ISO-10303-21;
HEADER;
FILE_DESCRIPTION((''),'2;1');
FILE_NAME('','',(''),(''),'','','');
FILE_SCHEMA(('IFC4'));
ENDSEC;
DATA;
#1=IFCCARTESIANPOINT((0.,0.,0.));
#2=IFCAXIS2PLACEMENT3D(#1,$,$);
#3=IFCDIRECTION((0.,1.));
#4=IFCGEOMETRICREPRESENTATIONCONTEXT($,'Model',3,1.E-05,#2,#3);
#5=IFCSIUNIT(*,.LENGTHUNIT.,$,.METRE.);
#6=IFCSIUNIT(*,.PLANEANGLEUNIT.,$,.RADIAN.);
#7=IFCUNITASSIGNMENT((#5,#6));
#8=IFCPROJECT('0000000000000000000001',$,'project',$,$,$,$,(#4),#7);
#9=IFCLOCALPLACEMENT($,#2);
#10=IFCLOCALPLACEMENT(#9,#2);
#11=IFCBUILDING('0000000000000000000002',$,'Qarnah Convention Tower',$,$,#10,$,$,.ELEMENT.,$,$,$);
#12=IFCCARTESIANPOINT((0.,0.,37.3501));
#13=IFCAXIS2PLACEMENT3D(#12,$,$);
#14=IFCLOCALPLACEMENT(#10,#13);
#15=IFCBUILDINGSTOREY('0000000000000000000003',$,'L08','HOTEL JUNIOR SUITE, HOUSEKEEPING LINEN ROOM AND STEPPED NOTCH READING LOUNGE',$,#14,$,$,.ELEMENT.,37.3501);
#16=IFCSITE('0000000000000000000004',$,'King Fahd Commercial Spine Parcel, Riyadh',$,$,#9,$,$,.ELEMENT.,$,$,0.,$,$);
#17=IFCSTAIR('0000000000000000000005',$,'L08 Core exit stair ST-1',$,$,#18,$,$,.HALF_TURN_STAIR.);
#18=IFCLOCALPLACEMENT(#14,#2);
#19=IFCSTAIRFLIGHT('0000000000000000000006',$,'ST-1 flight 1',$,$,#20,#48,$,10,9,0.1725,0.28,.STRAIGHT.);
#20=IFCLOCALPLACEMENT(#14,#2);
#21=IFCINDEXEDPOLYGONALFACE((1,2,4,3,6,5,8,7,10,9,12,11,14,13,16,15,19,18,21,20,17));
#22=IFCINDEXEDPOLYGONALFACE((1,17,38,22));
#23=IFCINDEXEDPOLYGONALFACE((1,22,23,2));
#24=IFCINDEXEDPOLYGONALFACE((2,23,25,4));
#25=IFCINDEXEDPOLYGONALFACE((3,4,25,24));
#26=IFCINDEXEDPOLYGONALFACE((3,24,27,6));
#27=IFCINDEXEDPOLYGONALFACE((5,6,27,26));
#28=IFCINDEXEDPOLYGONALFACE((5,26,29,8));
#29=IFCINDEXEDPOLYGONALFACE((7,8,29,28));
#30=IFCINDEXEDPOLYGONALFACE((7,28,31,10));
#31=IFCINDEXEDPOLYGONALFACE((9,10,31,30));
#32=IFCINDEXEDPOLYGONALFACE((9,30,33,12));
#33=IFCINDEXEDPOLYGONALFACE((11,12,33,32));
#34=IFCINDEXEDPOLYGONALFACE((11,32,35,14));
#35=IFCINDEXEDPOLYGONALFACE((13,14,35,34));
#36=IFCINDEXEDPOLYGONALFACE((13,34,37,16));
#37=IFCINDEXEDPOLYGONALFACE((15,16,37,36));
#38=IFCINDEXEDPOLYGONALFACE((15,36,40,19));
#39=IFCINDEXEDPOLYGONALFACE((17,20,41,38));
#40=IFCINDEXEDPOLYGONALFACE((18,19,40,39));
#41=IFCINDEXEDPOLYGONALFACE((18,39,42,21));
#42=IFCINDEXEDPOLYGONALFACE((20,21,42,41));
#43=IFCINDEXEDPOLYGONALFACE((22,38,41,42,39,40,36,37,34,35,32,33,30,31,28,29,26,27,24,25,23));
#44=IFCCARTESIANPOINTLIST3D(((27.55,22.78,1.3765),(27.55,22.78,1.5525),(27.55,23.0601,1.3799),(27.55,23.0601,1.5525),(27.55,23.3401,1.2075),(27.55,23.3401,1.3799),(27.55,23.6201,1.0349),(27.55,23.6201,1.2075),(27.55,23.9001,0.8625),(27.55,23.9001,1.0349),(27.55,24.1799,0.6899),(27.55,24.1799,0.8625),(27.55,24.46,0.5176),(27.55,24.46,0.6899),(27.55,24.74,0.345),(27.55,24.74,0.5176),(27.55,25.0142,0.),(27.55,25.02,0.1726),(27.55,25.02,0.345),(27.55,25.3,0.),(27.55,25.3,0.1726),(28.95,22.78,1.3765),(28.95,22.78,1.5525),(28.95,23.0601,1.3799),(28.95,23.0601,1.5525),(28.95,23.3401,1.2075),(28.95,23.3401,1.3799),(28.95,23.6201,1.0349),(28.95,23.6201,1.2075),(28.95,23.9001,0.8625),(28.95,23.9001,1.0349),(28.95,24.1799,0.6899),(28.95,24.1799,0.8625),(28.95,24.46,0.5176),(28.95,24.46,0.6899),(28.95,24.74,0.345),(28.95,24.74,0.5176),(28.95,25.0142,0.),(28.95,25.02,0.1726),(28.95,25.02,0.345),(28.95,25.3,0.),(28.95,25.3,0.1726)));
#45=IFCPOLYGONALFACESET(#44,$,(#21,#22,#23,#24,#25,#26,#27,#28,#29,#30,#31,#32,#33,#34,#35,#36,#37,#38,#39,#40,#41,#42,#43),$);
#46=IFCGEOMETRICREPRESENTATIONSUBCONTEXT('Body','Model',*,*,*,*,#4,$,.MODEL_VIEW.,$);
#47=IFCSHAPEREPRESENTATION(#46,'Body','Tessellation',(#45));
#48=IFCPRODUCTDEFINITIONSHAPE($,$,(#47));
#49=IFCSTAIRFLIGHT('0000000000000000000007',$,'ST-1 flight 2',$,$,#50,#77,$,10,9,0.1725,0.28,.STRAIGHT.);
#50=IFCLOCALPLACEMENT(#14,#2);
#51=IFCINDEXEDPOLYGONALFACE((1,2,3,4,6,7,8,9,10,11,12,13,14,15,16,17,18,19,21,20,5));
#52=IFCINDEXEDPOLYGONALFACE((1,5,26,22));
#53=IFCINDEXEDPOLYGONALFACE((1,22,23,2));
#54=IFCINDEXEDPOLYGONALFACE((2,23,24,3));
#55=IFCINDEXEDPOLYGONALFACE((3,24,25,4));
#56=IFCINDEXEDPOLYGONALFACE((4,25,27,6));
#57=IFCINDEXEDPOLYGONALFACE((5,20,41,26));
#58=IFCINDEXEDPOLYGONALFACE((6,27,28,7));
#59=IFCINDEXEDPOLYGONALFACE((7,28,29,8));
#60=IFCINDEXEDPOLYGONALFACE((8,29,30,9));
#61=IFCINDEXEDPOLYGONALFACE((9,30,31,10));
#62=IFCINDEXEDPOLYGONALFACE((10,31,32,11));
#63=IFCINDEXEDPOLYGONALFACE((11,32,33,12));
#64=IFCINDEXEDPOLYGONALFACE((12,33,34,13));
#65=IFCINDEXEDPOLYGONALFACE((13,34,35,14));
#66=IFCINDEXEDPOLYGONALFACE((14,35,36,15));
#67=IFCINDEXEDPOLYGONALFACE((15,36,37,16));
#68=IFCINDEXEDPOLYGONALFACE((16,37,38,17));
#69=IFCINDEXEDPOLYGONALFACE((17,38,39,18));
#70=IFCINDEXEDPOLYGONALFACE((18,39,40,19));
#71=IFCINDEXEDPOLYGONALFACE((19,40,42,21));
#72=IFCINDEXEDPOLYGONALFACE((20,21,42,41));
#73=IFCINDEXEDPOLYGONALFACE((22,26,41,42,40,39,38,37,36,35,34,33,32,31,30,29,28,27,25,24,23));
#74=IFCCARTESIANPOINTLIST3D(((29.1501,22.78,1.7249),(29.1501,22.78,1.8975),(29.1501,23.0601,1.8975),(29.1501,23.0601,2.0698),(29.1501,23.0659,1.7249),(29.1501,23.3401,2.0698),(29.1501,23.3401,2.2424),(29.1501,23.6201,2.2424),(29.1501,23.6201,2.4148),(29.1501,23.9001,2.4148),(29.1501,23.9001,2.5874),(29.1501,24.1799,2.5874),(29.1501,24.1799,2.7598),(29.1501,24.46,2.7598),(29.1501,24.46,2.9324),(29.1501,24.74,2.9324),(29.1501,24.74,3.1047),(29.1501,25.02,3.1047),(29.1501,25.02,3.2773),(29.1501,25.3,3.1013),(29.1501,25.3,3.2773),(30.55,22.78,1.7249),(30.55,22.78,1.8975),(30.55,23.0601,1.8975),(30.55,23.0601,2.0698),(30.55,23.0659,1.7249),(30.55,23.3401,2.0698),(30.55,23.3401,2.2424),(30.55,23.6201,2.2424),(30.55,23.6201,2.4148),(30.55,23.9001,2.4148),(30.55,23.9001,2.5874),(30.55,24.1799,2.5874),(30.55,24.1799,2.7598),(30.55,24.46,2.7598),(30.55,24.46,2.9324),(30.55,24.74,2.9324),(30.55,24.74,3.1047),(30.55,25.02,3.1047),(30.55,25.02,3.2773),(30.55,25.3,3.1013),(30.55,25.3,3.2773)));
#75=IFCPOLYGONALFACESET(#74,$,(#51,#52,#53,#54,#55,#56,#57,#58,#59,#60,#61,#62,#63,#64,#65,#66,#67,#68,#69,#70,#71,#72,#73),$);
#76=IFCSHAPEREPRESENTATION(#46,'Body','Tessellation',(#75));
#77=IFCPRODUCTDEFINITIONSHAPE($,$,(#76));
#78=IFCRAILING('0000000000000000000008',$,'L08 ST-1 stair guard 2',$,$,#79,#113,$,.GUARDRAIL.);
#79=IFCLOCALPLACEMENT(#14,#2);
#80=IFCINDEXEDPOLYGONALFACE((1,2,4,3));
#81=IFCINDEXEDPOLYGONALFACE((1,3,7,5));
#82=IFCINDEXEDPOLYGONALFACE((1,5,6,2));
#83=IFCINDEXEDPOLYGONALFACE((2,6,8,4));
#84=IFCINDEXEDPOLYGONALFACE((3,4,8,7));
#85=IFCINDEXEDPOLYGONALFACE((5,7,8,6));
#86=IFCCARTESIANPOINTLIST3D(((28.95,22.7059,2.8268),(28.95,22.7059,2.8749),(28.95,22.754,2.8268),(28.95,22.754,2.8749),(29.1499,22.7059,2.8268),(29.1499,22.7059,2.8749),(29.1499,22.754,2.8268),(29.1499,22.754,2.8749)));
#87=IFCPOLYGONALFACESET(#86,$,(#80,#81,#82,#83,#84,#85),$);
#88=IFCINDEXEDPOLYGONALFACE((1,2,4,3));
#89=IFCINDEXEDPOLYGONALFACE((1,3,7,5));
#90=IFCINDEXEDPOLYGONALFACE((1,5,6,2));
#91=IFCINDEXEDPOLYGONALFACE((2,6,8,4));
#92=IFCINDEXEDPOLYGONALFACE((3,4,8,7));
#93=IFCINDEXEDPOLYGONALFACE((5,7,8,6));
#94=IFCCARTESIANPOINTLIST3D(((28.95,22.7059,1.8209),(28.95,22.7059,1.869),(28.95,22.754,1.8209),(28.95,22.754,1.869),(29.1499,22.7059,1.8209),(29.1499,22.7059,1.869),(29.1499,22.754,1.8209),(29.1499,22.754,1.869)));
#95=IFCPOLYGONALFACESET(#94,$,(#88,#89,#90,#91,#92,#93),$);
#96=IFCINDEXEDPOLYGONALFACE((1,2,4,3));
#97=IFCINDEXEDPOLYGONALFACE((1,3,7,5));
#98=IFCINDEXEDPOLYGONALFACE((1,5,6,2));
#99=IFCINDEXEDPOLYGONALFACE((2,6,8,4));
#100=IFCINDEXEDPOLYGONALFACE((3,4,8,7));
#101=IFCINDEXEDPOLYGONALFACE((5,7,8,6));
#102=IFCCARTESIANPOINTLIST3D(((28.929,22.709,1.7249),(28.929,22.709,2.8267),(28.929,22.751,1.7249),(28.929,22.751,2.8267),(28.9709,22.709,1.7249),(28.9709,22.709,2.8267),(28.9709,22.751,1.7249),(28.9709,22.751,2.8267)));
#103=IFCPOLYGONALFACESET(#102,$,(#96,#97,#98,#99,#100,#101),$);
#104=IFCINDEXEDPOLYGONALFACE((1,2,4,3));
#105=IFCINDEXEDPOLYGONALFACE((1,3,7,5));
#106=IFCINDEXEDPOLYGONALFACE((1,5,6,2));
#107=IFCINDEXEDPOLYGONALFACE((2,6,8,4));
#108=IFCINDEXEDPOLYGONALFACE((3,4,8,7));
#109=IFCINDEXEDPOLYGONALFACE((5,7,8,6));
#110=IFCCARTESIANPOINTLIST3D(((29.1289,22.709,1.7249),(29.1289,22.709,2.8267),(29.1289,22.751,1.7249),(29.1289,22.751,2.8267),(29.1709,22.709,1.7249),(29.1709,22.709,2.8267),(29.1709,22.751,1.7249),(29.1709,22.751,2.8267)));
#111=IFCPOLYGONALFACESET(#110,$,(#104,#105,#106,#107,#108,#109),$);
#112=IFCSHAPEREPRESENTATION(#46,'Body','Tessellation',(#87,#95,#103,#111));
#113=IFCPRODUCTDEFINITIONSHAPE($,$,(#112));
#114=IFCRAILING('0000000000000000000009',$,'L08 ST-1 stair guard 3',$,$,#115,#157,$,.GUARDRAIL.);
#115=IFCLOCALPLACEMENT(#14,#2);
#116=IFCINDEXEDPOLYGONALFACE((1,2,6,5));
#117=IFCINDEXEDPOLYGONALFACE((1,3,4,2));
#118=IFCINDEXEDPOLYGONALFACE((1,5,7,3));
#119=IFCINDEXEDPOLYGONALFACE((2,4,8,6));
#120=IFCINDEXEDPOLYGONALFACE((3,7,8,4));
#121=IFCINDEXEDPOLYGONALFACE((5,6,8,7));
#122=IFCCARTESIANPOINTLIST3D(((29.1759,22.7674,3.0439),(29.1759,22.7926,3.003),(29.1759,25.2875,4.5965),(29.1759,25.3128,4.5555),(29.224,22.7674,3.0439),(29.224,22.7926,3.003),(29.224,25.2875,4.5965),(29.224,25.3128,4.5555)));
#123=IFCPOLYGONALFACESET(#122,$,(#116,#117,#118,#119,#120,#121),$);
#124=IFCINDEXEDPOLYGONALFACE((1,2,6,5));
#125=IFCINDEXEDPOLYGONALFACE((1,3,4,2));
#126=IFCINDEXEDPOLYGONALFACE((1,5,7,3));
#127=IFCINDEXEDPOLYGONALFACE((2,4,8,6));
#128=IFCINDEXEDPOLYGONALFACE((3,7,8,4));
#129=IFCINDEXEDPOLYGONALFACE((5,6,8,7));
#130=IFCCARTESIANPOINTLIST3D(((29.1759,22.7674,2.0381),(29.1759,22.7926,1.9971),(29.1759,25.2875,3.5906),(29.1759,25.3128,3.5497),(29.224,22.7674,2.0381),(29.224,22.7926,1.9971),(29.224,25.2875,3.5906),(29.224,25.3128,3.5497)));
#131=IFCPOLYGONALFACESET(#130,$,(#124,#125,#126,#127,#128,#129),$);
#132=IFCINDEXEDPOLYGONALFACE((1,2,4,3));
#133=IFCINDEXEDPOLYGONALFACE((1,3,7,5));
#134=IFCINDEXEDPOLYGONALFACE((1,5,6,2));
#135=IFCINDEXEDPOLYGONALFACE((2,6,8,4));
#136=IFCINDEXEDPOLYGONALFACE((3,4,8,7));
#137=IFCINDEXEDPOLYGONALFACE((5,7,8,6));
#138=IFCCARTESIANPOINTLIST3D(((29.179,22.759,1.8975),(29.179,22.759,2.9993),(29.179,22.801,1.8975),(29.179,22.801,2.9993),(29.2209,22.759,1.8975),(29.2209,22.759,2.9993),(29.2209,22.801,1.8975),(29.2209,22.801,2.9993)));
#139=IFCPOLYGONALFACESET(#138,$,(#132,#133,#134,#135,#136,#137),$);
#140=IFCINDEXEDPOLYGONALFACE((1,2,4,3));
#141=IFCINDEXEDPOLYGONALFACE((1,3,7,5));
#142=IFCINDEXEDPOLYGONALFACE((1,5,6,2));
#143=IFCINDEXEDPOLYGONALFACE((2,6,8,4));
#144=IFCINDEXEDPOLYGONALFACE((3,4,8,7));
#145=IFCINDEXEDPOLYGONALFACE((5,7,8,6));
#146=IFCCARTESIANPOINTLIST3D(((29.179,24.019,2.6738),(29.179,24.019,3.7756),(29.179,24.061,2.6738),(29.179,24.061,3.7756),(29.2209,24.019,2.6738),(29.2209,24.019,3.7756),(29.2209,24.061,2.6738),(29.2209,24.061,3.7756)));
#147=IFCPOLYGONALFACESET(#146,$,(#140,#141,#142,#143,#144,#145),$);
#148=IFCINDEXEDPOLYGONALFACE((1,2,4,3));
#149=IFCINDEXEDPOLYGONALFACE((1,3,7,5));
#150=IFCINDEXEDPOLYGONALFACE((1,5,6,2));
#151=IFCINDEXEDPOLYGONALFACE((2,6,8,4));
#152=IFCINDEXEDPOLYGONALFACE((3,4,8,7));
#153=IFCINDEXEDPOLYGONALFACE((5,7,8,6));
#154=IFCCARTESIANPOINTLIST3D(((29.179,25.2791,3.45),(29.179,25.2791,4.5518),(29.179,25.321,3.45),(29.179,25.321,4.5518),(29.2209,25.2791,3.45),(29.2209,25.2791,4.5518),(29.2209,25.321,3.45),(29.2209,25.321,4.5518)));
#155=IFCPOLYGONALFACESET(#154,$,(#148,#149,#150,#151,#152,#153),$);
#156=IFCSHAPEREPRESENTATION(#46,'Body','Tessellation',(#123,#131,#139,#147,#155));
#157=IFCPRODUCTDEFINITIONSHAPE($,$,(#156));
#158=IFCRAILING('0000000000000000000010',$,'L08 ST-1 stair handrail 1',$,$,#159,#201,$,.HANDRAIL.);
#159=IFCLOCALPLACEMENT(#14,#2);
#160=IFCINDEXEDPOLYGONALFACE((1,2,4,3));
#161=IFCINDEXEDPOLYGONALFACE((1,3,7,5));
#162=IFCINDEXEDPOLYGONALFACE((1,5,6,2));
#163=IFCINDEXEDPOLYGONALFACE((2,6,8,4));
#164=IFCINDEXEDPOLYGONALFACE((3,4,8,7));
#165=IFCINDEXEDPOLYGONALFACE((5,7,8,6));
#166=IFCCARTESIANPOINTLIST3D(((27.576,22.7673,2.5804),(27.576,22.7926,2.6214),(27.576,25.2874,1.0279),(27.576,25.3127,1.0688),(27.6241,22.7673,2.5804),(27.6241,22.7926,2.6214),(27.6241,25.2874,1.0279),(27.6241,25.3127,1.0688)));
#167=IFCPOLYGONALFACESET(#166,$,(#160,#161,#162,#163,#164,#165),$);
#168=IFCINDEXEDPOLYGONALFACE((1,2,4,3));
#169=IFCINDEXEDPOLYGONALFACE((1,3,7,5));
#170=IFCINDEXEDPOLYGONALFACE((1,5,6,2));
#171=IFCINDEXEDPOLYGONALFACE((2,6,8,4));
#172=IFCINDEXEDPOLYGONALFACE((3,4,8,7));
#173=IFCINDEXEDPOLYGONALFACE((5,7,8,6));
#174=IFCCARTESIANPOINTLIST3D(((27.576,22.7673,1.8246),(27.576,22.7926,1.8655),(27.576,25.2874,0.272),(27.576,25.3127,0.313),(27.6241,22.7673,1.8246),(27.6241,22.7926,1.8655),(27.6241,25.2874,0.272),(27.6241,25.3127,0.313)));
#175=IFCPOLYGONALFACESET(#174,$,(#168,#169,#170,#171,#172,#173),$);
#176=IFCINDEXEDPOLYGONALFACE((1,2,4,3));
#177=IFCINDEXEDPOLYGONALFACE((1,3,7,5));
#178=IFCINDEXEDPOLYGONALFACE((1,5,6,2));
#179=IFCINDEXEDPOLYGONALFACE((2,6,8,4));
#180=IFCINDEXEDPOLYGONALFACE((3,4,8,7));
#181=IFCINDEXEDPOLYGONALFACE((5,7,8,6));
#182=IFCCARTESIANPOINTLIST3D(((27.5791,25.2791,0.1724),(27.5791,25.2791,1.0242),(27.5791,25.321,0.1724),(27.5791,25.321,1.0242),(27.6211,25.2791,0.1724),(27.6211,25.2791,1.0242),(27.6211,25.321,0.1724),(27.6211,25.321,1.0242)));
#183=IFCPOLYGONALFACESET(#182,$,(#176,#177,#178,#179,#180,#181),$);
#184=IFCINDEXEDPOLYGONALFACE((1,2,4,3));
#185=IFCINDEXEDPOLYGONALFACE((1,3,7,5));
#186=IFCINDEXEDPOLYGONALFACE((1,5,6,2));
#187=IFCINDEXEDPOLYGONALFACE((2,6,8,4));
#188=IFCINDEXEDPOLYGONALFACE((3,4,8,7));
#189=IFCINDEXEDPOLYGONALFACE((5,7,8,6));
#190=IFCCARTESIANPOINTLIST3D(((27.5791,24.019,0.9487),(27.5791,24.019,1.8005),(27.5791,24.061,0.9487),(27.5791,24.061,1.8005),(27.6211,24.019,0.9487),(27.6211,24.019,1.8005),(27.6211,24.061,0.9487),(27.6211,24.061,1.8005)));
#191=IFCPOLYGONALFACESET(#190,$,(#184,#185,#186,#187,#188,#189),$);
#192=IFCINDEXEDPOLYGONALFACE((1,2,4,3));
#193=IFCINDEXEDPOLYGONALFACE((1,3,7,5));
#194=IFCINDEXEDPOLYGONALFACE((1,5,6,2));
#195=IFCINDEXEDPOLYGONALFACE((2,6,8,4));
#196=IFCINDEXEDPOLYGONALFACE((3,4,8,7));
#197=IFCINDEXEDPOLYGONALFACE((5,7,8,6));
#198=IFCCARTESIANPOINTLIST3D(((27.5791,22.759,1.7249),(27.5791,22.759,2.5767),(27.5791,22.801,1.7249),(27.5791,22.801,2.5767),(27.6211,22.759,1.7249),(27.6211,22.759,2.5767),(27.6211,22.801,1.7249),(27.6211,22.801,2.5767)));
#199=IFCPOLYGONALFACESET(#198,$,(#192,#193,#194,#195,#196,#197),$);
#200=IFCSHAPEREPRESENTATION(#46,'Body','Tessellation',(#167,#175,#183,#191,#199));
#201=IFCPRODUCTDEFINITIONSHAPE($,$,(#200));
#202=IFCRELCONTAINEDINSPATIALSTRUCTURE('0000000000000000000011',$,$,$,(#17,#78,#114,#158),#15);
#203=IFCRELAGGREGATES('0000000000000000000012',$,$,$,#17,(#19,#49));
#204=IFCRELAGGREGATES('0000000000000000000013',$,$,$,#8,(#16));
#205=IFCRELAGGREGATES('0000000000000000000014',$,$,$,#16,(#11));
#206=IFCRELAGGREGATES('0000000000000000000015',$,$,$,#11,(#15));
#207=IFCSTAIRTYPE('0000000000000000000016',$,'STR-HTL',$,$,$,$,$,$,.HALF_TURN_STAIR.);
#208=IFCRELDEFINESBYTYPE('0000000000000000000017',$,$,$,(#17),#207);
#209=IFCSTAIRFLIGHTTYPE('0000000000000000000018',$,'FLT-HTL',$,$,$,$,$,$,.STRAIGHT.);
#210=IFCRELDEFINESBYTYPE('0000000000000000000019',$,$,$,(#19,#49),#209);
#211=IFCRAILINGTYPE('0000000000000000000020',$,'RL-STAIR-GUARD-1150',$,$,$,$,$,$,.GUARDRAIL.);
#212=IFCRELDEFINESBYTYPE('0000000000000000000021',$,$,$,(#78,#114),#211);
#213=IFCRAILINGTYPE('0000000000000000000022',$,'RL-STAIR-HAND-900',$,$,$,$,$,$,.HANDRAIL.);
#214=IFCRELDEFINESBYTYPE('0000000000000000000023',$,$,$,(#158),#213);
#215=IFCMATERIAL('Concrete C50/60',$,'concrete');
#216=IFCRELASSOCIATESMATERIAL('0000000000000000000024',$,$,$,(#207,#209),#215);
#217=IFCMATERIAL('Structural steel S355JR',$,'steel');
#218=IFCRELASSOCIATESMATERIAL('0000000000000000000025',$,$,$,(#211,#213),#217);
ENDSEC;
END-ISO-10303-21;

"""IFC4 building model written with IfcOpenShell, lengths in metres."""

from ifc_helpers import new_model, si_unit, direction, frame, origin, origin_2d, place, context, subcontext, project, spatial, polyline, rectangle, outline, extrude, material, type_object, element, aggregate, save


model = new_model("IFC4")

# Units and contexts
model_context = context("Model", 3, precision=1e-05, world=origin(), true_north=direction((0.0, 1.0)))
body_context = subcontext(model_context, "Body", "Model", "MODEL_VIEW")
ifc_project = project(units=[si_unit("LENGTHUNIT", "METRE"), si_unit("PLANEANGLEUNIT", "RADIAN")], contexts=[model_context])

# Site, building, storey
site_placement = place(None, origin())
site = spatial("IfcSite", under=ifc_project, at=site_placement, Name="King Fahd Commercial Spine Parcel, Riyadh", CompositionType="ELEMENT", RefElevation=0.0)
building_placement = place(site_placement, origin())
building = spatial("IfcBuilding", under=site, at=building_placement, Name="Qarnah Convention Tower", CompositionType="ELEMENT")
storey_placement = place(building_placement, frame((0.0, 0.0, 37.3501)))
storey = spatial("IfcBuildingStorey", under=building, at=storey_placement, Name="L08", Description="HOTEL JUNIOR SUITE, HOUSEKEEPING LINEN ROOM AND STEPPED NOTCH READING LOUNGE", CompositionType="ELEMENT", Elevation=37.3501)

# Shared definitions
ifc_material_1 = material(Name="Structural steel S355JR", Category="steel")

# Stair, stair flights
ifc_material_2 = material(Name="Concrete C50/60", Category="concrete")
stair_type = type_object("IfcStairType", Name="STR-HTL", PredefinedType="HALF_TURN_STAIR", material=ifc_material_2)
stair_placement = place(storey_placement, origin())
stair = element("IfcStair", 1, at=stair_placement, inside=storey, type_object=stair_type, Name="L08 Core exit stair ST-1", PredefinedType="HALF_TURN_STAIR")
stair_flight_type = type_object("IfcStairFlightType", Name="FLT-HTL", PredefinedType="STRAIGHT", material=ifc_material_2)
stair_flight_1_placement = place(storey_placement, frame((28.25, 25.3, 0.0), z_axis=(0.0, 0.0, 1.0), x_axis=(0.0, -1.0, 0.0)))
stair_flight_1 = element("IfcStairFlight", 2, at=stair_flight_1_placement, type_object=stair_flight_type, Name="ST-1 flight 1", NumberOfRisers=10, NumberOfTreads=9, PredefinedType="STRAIGHT", RiserHeight=0.1725, TreadLength=0.28, context=body_context, shape_type="SweptSolid", body=[
    extrude(outline(polyline([(0.0, 0.0), (0.0, 0.1726), (0.28, 0.1726), (0.28, 0.345), (0.5601, 0.345), (0.5601, 0.5176), (0.8401, 0.5176), (0.8401, 0.6899), (1.1201, 0.6899), (1.1201, 0.8625), (1.3999, 0.8625), (1.3999, 1.0349), (1.6799, 1.0349), (1.6799, 1.2075), (1.96, 1.2075), (1.96, 1.3799), (2.24, 1.3799), (2.24, 1.5525), (2.52, 1.5525), (2.52, 1.7251), (2.52, 1.3765), (0.2859, 0.0), (0.0, 0.0)])), frame((0.0, 0.7, 0.0), z_axis=(0.0, -1.0, 0.0), x_axis=(1.0, 0.0, 0.0)), (0.0, 0.0, 1.0), 1.3999),
])
stair_flight_2_placement = place(storey_placement, frame((29.8501, 22.78, 1.7249), z_axis=(0.0, 0.0, 1.0), x_axis=(0.0, 1.0, 0.0)))
stair_flight_2 = element("IfcStairFlight", 3, at=stair_flight_2_placement, type_object=stair_flight_type, Name="ST-1 flight 2", NumberOfRisers=10, NumberOfTreads=9, PredefinedType="STRAIGHT", RiserHeight=0.1725, TreadLength=0.28, context=body_context, shape_type="SweptSolid", body=[
    extrude(outline(polyline([(0.0, 0.0), (0.0, 0.1726), (0.28, 0.1726), (0.28, 0.345), (0.5601, 0.345), (0.5601, 0.5176), (0.8401, 0.5176), (0.8401, 0.6899), (1.1201, 0.6899), (1.1201, 0.8625), (1.3999, 0.8625), (1.3999, 1.0349), (1.6799, 1.0349), (1.6799, 1.2075), (1.96, 1.2075), (1.96, 1.3799), (2.24, 1.3799), (2.24, 1.5525), (2.52, 1.5525), (2.52, 1.7251), (2.52, 1.3765), (0.2859, 0.0), (0.0, 0.0)])), frame((0.0, 0.7, 0.0), z_axis=(0.0, -1.0, 0.0), x_axis=(1.0, 0.0, 0.0)), (0.0, 0.0, 1.0), 1.3999),
])
aggregate(stair, [stair_flight_1, stair_flight_2])

# Railings
railing_type_1 = type_object("IfcRailingType", Name="RL-STAIR-GUARD-1150", PredefinedType="GUARDRAIL", material=ifc_material_1)
railing_1_placement = place(storey_placement, frame((28.95, 22.73, 1.7249)))
element("IfcRailing", 4, at=railing_1_placement, inside=storey, type_object=railing_type_1, Name="L08 ST-1 stair guard 2", PredefinedType="GUARDRAIL", context=body_context, shape_type="SweptSolid", body=[
    extrude(rectangle(XDim=0.0481, YDim=0.0481, at=origin_2d()), frame((0.0, 0.0, 1.126), z_axis=(1.0, 0.0, 0.0), x_axis=(0.0, 1.0, 0.0)), (0.0, 0.0, 1.0), 0.2),
    extrude(rectangle(XDim=0.0481, YDim=0.0481, at=origin_2d()), frame((0.0, 0.0, 0.1201), z_axis=(1.0, 0.0, 0.0), x_axis=(0.0, 1.0, 0.0)), (0.0, 0.0, 1.0), 0.2),
    extrude(rectangle(XDim=0.042, YDim=0.042, at=origin_2d()), origin(), (0.0, 0.0, 1.0), 1.1018),
    extrude(rectangle(XDim=0.042, YDim=0.042, at=origin_2d()), frame((0.2, 0.0, 0.0)), (0.0, 0.0, 1.0), 1.1018),
])
railing_2_placement = place(storey_placement, frame((29.2, 22.78, 1.8975)))
element("IfcRailing", 5, at=railing_2_placement, inside=storey, type_object=railing_type_1, Name="L08 ST-1 stair guard 3", PredefinedType="GUARDRAIL", context=body_context, shape_type="SweptSolid", body=[
    extrude(rectangle(XDim=0.0481, YDim=0.0481, at=origin_2d()), frame((0.0, 0.0, 1.126), z_axis=(0.0, 0.8514, 0.524516), x_axis=(-1.0, 0.0, 0.0)), (0.0, 0.0, 1.0), 2.96),
    extrude(rectangle(XDim=0.0481, YDim=0.0481, at=origin_2d()), frame((0.0, 0.0, 0.1201), z_axis=(0.0, 0.8514, 0.524516), x_axis=(-1.0, 0.0, 0.0)), (0.0, 0.0, 1.0), 2.96),
    extrude(rectangle(XDim=0.042, YDim=0.042, at=origin_2d()), origin(), (0.0, 0.0, 1.0), 1.1018),
    extrude(rectangle(XDim=0.042, YDim=0.042, at=origin_2d()), frame((0.0, 1.26, 0.7764)), (0.0, 0.0, 1.0), 1.1018),
    extrude(rectangle(XDim=0.042, YDim=0.042, at=origin_2d()), frame((0.0, 2.52, 1.5525)), (0.0, 0.0, 1.0), 1.1018),
])
railing_type_2 = type_object("IfcRailingType", Name="RL-STAIR-HAND-900", PredefinedType="HANDRAIL", material=ifc_material_1)
railing_3_placement = place(storey_placement, frame((27.6001, 25.3, 0.1724)))
element("IfcRailing", 6, at=railing_3_placement, inside=storey, type_object=railing_type_2, Name="L08 ST-1 stair handrail 1", PredefinedType="HANDRAIL", context=body_context, shape_type="SweptSolid", body=[
    extrude(rectangle(XDim=0.0481, YDim=0.0481, at=origin_2d()), frame((0.0, 0.0, 0.876), z_axis=(0.0, -0.8514, 0.524516), x_axis=(1.0, 0.0, 0.0)), (0.0, 0.0, 1.0), 2.96),
    extrude(rectangle(XDim=0.0481, YDim=0.0481, at=origin_2d()), frame((0.0, 0.0, 0.1201), z_axis=(0.0, -0.8514, 0.524516), x_axis=(1.0, 0.0, 0.0)), (0.0, 0.0, 1.0), 2.96),
    extrude(rectangle(XDim=0.042, YDim=0.042, at=origin_2d()), origin(), (0.0, 0.0, 1.0), 0.8518),
    extrude(rectangle(XDim=0.042, YDim=0.042, at=origin_2d()), frame((0.0, -1.26, 0.7764)), (0.0, 0.0, 1.0), 0.8518),
    extrude(rectangle(XDim=0.042, YDim=0.042, at=origin_2d()), frame((0.0, -2.52, 1.5525)), (0.0, 0.0, 1.0), 0.8518),
])

save(model, "model.ifc")
